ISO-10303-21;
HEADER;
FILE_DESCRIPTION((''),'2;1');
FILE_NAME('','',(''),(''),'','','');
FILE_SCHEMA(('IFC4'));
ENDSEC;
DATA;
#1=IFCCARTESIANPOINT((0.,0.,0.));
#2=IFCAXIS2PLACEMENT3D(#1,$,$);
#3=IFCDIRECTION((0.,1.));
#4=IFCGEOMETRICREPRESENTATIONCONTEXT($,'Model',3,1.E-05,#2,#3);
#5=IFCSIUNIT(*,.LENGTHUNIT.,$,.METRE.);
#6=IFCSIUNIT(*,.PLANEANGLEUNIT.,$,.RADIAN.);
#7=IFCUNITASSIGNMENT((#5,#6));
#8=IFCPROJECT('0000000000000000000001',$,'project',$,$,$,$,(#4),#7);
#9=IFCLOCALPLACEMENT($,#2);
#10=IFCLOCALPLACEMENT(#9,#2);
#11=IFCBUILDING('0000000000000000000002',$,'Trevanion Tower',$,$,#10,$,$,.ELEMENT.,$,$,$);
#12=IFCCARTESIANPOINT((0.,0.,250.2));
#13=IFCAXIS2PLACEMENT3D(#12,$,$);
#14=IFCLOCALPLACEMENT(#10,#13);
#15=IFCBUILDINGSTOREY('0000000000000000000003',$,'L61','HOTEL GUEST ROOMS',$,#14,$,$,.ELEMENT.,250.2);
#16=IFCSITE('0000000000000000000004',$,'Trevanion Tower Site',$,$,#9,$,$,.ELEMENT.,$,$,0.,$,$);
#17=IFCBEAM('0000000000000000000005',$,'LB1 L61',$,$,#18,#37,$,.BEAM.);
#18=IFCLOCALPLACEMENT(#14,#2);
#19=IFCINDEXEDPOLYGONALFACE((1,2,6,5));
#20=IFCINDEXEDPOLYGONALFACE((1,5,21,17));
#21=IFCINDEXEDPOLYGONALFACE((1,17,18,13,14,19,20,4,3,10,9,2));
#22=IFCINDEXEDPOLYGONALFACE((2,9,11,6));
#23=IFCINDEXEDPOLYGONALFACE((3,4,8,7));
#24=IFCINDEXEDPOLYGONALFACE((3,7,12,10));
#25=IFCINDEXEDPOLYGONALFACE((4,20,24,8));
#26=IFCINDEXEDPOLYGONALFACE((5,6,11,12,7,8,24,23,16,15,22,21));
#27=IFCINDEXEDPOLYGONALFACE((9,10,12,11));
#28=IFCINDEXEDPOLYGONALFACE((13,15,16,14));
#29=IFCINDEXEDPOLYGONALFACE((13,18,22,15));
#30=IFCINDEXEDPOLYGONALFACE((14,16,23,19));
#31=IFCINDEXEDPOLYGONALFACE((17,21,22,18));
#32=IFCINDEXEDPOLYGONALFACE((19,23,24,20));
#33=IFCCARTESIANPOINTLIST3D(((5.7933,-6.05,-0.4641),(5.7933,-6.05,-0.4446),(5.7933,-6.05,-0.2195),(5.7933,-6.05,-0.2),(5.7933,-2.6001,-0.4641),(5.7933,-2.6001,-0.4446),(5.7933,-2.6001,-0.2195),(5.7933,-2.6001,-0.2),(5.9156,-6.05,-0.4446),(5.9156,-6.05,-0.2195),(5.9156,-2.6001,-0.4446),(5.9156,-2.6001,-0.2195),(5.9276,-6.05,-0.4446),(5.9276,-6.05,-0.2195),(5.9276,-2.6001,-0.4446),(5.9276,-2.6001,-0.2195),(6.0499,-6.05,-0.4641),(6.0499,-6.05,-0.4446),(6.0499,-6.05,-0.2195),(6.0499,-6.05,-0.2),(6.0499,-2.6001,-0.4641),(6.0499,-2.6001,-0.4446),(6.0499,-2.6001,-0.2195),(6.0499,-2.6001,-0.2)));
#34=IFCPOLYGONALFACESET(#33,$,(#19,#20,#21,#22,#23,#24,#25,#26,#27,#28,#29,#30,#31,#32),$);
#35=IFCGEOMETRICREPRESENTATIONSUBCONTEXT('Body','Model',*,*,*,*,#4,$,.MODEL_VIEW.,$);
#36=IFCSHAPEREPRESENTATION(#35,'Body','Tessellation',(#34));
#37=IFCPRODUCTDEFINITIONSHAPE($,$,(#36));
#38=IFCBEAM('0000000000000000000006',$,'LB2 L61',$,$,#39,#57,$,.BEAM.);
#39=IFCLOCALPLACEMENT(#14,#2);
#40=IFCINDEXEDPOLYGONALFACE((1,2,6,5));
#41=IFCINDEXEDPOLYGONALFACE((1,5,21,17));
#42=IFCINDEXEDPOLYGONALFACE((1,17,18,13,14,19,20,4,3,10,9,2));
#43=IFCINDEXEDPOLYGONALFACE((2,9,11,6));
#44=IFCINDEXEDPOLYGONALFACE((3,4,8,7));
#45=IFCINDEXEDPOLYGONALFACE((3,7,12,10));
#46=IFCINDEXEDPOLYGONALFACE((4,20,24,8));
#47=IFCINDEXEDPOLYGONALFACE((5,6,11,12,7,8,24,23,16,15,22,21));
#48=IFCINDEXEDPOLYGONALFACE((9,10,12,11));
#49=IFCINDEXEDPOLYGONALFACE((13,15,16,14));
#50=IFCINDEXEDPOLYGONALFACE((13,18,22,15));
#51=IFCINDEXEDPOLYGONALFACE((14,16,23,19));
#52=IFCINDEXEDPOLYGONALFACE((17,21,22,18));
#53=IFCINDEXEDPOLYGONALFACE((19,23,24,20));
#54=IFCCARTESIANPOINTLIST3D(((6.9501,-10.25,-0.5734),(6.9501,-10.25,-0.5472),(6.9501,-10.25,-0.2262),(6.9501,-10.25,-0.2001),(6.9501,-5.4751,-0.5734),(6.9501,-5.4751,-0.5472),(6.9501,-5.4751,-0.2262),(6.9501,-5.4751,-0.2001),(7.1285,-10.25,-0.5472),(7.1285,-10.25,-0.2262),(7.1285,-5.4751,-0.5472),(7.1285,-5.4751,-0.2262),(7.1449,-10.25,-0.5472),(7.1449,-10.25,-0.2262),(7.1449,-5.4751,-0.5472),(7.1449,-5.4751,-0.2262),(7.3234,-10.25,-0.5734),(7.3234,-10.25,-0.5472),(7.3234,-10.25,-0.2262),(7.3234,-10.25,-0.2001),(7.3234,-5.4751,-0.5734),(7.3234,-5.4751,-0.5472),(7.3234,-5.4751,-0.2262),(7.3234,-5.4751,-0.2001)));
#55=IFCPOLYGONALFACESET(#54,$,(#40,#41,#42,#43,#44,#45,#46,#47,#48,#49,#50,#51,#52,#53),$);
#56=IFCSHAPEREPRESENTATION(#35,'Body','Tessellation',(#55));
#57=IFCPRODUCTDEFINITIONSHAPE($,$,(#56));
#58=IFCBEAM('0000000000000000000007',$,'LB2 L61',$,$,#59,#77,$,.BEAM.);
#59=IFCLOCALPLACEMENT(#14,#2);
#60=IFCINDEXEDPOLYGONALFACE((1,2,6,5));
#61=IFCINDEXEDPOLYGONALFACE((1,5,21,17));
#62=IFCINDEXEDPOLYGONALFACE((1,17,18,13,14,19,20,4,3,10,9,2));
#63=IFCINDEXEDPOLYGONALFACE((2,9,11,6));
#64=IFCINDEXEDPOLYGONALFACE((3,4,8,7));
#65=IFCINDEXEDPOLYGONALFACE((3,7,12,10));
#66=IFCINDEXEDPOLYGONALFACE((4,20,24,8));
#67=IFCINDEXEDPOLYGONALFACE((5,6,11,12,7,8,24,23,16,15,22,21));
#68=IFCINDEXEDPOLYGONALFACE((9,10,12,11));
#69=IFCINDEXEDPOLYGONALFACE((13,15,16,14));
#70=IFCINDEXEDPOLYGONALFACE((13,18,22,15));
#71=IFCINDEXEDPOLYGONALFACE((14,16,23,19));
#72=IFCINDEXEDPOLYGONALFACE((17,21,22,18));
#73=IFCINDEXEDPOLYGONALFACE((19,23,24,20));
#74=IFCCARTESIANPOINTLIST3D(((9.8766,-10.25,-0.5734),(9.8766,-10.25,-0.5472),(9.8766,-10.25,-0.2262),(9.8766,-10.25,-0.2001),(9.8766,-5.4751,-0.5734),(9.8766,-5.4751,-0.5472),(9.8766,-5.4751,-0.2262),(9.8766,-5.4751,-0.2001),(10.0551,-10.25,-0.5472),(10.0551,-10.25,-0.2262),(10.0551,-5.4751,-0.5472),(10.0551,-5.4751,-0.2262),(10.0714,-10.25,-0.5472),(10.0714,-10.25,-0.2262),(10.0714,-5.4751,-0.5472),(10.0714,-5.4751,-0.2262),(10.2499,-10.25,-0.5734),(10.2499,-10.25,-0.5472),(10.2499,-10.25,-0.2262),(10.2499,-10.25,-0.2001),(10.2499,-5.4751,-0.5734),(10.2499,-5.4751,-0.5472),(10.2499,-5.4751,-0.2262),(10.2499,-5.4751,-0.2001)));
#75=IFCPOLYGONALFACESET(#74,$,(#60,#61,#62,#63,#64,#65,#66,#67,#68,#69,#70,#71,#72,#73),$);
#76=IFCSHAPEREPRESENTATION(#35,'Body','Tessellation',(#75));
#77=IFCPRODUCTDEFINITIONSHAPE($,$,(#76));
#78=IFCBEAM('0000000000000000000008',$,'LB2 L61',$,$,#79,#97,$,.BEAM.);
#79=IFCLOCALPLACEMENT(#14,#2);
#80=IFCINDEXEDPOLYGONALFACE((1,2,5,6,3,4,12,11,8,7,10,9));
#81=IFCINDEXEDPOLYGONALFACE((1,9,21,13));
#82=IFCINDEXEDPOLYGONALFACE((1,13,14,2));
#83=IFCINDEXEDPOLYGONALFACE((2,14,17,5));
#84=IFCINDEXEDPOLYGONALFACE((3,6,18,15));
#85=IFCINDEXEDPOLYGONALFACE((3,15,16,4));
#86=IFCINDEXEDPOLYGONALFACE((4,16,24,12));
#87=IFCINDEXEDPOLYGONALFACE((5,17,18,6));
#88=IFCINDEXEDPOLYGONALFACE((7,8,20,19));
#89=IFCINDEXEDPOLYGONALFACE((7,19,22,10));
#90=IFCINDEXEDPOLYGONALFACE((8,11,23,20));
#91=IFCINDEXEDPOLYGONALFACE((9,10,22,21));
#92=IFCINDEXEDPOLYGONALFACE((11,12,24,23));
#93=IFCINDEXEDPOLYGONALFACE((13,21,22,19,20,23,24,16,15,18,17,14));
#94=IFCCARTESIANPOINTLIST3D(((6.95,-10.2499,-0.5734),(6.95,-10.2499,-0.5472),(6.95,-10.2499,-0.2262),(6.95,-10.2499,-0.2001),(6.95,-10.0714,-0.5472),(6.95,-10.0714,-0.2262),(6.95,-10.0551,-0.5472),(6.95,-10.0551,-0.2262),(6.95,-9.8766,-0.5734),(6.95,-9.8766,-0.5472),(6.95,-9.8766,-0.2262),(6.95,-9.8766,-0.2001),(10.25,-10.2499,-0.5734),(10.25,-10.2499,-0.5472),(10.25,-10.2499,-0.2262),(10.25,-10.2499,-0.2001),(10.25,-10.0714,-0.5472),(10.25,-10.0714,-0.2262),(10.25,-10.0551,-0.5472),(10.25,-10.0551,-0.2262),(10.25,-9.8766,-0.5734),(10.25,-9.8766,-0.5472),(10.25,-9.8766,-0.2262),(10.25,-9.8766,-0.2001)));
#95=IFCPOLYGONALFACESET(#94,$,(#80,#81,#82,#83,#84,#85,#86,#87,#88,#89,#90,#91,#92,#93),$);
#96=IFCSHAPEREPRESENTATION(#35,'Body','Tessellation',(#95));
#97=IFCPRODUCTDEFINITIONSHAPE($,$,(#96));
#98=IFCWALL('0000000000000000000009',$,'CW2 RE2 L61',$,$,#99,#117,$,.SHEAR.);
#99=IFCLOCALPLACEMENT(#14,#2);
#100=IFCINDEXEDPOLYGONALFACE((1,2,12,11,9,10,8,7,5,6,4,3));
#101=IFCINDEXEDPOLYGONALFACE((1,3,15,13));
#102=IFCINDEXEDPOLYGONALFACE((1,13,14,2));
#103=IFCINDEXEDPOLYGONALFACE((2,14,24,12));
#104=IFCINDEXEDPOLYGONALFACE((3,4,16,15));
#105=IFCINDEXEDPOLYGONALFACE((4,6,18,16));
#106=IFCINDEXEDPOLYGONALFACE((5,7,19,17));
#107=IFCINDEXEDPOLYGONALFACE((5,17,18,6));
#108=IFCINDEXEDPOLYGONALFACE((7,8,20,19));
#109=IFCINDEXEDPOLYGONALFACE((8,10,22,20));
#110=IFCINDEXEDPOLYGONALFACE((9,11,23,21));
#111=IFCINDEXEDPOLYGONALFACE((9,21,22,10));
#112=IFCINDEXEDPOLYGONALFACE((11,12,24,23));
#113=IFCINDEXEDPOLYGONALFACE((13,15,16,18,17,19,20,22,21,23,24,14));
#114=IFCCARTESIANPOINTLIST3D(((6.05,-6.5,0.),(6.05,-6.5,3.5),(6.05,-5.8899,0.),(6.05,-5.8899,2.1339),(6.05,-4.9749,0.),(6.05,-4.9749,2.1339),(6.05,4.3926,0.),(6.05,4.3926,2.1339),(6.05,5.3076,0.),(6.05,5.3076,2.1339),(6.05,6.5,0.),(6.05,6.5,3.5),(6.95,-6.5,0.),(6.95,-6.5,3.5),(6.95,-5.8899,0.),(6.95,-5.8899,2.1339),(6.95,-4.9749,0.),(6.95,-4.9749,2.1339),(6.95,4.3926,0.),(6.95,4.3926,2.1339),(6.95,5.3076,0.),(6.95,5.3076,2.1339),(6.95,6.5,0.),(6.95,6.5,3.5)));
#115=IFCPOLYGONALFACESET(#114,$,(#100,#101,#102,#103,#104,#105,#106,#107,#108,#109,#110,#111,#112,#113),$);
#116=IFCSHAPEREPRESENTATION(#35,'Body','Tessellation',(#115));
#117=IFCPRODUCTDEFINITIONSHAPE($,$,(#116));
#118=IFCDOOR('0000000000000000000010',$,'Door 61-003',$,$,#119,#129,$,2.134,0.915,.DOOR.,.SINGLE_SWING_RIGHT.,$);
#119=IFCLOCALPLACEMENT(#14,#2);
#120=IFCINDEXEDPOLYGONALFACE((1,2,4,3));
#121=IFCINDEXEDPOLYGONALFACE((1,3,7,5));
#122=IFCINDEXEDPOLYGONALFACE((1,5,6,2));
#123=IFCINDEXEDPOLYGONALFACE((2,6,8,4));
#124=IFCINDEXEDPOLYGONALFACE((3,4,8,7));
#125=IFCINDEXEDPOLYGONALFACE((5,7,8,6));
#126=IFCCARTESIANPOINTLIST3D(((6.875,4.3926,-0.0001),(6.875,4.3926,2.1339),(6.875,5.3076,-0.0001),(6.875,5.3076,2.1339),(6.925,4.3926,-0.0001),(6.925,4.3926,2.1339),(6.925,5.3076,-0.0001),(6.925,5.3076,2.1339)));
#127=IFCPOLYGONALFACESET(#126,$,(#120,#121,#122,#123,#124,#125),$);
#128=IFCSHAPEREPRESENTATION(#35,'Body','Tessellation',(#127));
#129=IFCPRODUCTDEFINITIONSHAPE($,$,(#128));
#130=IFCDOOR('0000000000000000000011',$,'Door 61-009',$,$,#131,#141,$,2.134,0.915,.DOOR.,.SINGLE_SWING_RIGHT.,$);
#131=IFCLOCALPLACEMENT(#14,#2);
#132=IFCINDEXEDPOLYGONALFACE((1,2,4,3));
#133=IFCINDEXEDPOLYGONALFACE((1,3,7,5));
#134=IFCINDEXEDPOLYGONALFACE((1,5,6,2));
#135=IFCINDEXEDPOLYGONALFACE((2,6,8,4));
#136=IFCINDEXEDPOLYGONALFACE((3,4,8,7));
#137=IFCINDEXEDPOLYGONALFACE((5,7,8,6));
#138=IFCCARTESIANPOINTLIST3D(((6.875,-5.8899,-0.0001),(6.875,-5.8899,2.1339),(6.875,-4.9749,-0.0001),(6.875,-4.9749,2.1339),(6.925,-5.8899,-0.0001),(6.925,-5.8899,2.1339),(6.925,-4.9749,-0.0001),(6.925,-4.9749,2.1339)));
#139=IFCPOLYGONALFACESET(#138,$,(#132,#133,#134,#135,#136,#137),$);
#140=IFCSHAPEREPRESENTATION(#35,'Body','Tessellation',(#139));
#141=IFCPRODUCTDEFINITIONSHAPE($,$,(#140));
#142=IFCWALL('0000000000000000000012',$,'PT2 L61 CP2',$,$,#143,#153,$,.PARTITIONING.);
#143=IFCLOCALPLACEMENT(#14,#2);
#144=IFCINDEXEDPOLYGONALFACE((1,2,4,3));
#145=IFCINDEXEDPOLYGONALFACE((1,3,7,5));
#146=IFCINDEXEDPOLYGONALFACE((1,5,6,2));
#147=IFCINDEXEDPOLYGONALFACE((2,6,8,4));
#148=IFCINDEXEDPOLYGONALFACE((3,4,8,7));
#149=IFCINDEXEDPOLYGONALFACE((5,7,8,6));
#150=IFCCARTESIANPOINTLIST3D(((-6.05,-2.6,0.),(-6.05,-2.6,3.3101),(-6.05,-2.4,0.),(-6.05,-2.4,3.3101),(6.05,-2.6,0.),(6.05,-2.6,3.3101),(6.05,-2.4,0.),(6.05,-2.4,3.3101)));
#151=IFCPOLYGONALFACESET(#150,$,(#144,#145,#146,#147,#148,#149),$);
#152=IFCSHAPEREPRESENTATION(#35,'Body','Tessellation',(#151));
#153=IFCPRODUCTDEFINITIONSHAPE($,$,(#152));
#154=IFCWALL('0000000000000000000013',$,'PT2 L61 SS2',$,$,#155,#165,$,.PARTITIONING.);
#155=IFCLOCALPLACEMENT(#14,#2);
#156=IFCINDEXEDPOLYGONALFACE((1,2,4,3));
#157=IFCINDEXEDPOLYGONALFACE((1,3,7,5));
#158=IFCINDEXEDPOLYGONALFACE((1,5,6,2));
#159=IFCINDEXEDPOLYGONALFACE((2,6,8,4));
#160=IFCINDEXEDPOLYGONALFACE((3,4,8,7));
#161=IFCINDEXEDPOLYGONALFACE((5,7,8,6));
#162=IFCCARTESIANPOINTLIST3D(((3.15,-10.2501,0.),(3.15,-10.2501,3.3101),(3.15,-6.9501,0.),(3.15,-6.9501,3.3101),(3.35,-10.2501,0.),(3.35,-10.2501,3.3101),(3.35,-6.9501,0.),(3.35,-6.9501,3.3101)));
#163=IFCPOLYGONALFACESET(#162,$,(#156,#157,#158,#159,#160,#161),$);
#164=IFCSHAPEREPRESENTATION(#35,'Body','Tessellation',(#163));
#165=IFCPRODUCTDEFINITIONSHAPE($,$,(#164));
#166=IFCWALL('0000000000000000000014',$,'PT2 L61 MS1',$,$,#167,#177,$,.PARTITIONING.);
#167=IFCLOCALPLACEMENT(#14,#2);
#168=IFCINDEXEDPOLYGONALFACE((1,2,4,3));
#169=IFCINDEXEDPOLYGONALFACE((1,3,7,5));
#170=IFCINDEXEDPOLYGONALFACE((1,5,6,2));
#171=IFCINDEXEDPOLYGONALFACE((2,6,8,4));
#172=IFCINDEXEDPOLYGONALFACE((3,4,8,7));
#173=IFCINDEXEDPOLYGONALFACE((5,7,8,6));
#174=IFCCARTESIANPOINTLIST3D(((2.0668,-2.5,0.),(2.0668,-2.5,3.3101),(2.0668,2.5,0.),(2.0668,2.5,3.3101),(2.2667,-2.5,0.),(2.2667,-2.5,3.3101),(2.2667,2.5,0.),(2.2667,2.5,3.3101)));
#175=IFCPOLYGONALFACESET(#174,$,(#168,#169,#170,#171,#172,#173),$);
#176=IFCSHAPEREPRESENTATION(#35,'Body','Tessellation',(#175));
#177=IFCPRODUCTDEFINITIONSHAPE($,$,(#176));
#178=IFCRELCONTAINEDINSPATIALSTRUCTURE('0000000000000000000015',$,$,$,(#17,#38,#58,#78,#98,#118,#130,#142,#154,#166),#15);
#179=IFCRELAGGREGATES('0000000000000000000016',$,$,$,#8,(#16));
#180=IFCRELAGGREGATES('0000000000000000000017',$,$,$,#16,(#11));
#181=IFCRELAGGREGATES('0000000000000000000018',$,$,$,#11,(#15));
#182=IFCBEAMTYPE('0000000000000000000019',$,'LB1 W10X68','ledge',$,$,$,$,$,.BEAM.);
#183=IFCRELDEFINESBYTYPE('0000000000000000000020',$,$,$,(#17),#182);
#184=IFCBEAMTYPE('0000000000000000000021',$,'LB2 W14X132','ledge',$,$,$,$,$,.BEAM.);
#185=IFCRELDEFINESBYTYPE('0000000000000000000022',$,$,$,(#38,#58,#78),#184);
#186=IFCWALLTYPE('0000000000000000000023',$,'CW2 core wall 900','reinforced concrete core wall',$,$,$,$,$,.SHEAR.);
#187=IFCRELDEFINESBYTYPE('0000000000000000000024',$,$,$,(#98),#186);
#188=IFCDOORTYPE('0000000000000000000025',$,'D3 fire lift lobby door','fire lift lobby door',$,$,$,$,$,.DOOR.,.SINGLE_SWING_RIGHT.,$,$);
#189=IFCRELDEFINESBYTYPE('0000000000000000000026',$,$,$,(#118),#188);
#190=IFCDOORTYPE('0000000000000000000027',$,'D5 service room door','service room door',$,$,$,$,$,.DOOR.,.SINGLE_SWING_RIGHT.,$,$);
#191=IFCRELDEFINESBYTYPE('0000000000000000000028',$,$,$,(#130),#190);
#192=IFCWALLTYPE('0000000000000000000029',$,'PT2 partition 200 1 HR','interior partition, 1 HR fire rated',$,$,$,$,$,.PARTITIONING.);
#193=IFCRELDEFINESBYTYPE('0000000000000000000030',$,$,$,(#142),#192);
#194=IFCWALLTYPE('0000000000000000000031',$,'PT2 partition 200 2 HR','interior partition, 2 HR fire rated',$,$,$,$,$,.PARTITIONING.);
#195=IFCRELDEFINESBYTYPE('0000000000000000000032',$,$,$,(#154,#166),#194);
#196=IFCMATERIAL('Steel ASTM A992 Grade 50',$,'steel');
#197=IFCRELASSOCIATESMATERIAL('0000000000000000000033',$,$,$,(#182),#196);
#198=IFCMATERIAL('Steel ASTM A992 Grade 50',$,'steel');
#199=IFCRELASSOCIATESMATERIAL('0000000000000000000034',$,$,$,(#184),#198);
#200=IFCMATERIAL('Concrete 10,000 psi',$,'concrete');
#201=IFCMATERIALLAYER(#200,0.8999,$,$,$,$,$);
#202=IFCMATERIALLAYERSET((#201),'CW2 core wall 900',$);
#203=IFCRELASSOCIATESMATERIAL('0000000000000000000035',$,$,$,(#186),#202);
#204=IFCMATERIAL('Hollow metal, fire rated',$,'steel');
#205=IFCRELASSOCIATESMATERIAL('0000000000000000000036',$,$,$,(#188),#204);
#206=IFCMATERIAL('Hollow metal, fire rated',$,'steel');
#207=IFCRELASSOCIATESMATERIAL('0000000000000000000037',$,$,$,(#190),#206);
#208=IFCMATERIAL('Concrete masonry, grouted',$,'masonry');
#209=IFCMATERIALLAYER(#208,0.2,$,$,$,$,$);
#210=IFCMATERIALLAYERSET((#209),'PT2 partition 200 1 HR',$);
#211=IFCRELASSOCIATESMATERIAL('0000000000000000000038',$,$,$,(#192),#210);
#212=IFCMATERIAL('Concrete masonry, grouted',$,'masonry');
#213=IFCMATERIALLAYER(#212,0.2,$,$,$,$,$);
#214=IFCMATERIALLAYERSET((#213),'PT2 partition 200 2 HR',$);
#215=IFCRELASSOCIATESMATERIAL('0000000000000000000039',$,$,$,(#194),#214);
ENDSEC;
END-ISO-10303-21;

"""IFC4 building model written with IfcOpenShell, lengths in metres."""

from ifc_helpers import new_model, si_unit, direction, frame, frame_2d, origin, origin_2d, place, context, subcontext, project, spatial, rectangle, i_section, extrude, material, layer, layer_set, material_profile, profile_set, type_object, element, fill, save


model = new_model("IFC4")

# Units and contexts
model_context = context("Model", 3, precision=1e-05, world=origin(), true_north=direction((0.0, 1.0)))
body_context = subcontext(model_context, "Body", "Model", "MODEL_VIEW")
ifc_project = project(units=[si_unit("LENGTHUNIT", "METRE"), si_unit("PLANEANGLEUNIT", "RADIAN")], contexts=[model_context])

# Site, building, storey
site_placement = place(None, origin())
site = spatial("IfcSite", under=ifc_project, at=site_placement, Name="Trevanion Tower Site", CompositionType="ELEMENT", RefElevation=0.0)
building_placement = place(site_placement, origin())
building = spatial("IfcBuilding", under=site, at=building_placement, Name="Trevanion Tower", CompositionType="ELEMENT")
storey_placement = place(building_placement, frame((0.0, 0.0, 250.2)))
storey = spatial("IfcBuildingStorey", under=building, at=storey_placement, Name="L61", Description="HOTEL GUEST ROOMS", CompositionType="ELEMENT", Elevation=250.2)

# Beams
ifc_material_1 = material(Name="Steel ASTM A992 Grade 50", Category="steel")
ifc_material_profile_1 = material_profile(ifc_material_1, i_section(OverallWidth=0.2566, OverallDepth=0.2642, WebThickness=0.012, FlangeThickness=0.0195, at=origin_2d()), Name="W10X68")
ifc_profile_set_1 = profile_set([ifc_material_profile_1], Name="Steel ASTM A992 Grade 50")
beam_type_1 = type_object("IfcBeamType", Name="LB1 W10X68", Description="ledge", PredefinedType="BEAM", material=ifc_profile_set_1)
beam_1_placement = place(storey_placement, frame((5.9216, -6.05, -0.332), z_axis=(0.0, 1.0, 0.0), x_axis=(-1.0, 0.0, 0.0)))
element("IfcBeam", 1, at=beam_1_placement, inside=storey, type_object=beam_type_1, Name="LB1 L61", PredefinedType="BEAM", context=body_context, shape_type="SweptSolid", body=[
    extrude(i_section(OverallWidth=0.2566, OverallDepth=0.2642, WebThickness=0.012, FlangeThickness=0.0195, at=origin_2d()), origin(), (0.0, 0.0, 1.0), 3.45),
])
ifc_material_2 = material(Name="Steel ASTM A992 Grade 50", Category="steel")
ifc_material_profile_2 = material_profile(ifc_material_2, i_section(OverallWidth=0.3733, OverallDepth=0.3733, WebThickness=0.0164, FlangeThickness=0.0261, at=origin_2d()), Name="W14X132")
ifc_profile_set_2 = profile_set([ifc_material_profile_2], Name="Steel ASTM A992 Grade 50")
beam_type_2 = type_object("IfcBeamType", Name="LB2 W14X132", Description="ledge", PredefinedType="BEAM", material=ifc_profile_set_2)
for number, where, z_axis, x_axis, name in (
    (2, (7.1367, -10.25, -0.3867), (0.0, 1.0, 0.0), (-1.0, 0.0, 0.0), "LB2 L61"),
    (3, (10.0632, -10.25, -0.3867), (0.0, 1.0, 0.0), (-1.0, 0.0, 0.0), "LB2 L61"),
):
    element("IfcBeam", number, at=place(storey_placement, frame(where, z_axis=z_axis, x_axis=x_axis)), inside=storey, type_object=beam_type_2, Name=name, PredefinedType="BEAM", context=body_context, shape_type="SweptSolid", body=[
        extrude(i_section(OverallWidth=0.3733, OverallDepth=0.3733, WebThickness=0.0164, FlangeThickness=0.0261, at=origin_2d()), origin(), (0.0, 0.0, 1.0), 4.7749),
    ])
beam_2_placement = place(storey_placement, frame((6.95, -10.0632, -0.3867), z_axis=(1.0, 0.0, 0.0), x_axis=(0.0, 1.0, 0.0)))
element("IfcBeam", 4, at=beam_2_placement, inside=storey, type_object=beam_type_2, Name="LB2 L61", PredefinedType="BEAM", context=body_context, shape_type="SweptSolid", body=[
    extrude(i_section(OverallWidth=0.3733, OverallDepth=0.3733, WebThickness=0.0164, FlangeThickness=0.0261, at=origin_2d()), origin(), (0.0, 0.0, 1.0), 3.3),
])

# Wall, openings, doors
ifc_material_3 = material(Name="Concrete 10,000 psi", Category="concrete")
ifc_layer_1 = layer(ifc_material_3, 0.8999)
ifc_layer_set_1 = layer_set([ifc_layer_1], Name="CW2 core wall 900")
wall_type_1 = type_object("IfcWallType", Name="CW2 core wall 900", Description="reinforced concrete core wall", PredefinedType="SHEAR", material=ifc_layer_set_1)
wall_1_placement = place(storey_placement, frame((6.5, -6.5, 0.0), z_axis=(0.0, 0.0, 1.0), x_axis=(0.0, 1.0, 0.0)))
wall_1 = element("IfcWall", 5, at=wall_1_placement, inside=storey, type_object=wall_type_1, Name="CW2 RE2 L61", PredefinedType="SHEAR", context=body_context, shape_type="SweptSolid", body=[
    extrude(rectangle(XDim=13.0, YDim=0.8999, at=frame_2d((6.5, 0.0))), origin(), (0.0, 0.0, 1.0), 3.5),
])
opening_1_placement = place(wall_1_placement, frame((10.8926, 0.0, 0.0)))
opening_1 = element("IfcOpeningElement", 6, at=opening_1_placement, cuts=wall_1, PredefinedType="OPENING", context=body_context, shape_type="SweptSolid", body=[
    extrude(rectangle(XDim=0.915, YDim=2.134, at=frame_2d((0.4575, 1.0669))), frame((0.0, 0.46, 0.0), z_axis=(0.0, -1.0, 0.0), x_axis=(1.0, 0.0, 0.0)), (0.0, 0.0, 1.0), 0.9199),
])
opening_2_placement = place(wall_1_placement, frame((0.6101, 0.0, 0.0)))
opening_2 = element("IfcOpeningElement", 7, at=opening_2_placement, cuts=wall_1, PredefinedType="OPENING", context=body_context, shape_type="SweptSolid", body=[
    extrude(rectangle(XDim=0.915, YDim=2.134, at=frame_2d((0.4575, 1.0669))), frame((0.0, 0.46, 0.0), z_axis=(0.0, -1.0, 0.0), x_axis=(1.0, 0.0, 0.0)), (0.0, 0.0, 1.0), 0.9199),
])
ifc_material_4 = material(Name="Hollow metal, fire rated", Category="steel")
door_type_1 = type_object("IfcDoorType", Name="D3 fire lift lobby door", Description="fire lift lobby door", OperationType="SINGLE_SWING_RIGHT", PredefinedType="DOOR", material=ifc_material_4)
door_1_placement = place(opening_1_placement, origin())
door_1 = element("IfcDoor", 8, at=door_1_placement, inside=storey, type_object=door_type_1, Name="Door 61-003", OperationType="SINGLE_SWING_RIGHT", OverallHeight=2.134, OverallWidth=0.915, PredefinedType="DOOR", context=body_context, shape_type="SweptSolid", body=[
    extrude(rectangle(XDim=0.915, YDim=2.134, at=frame_2d((0.4575, 1.0669))), frame((0.0, -0.375, 0.0), z_axis=(0.0, -1.0, 0.0), x_axis=(1.0, 0.0, 0.0)), (0.0, 0.0, 1.0), 0.05),
])
fill(opening_1, door_1)
ifc_material_5 = material(Name="Hollow metal, fire rated", Category="steel")
door_type_2 = type_object("IfcDoorType", Name="D5 service room door", Description="service room door", OperationType="SINGLE_SWING_RIGHT", PredefinedType="DOOR", material=ifc_material_5)
door_2_placement = place(opening_2_placement, origin())
door_2 = element("IfcDoor", 9, at=door_2_placement, inside=storey, type_object=door_type_2, Name="Door 61-009", OperationType="SINGLE_SWING_RIGHT", OverallHeight=2.134, OverallWidth=0.915, PredefinedType="DOOR", context=body_context, shape_type="SweptSolid", body=[
    extrude(rectangle(XDim=0.915, YDim=2.134, at=frame_2d((0.4575, 1.0669))), frame((0.0, -0.375, 0.0), z_axis=(0.0, -1.0, 0.0), x_axis=(1.0, 0.0, 0.0)), (0.0, 0.0, 1.0), 0.05),
])
fill(opening_2, door_2)

# Walls
ifc_material_6 = material(Name="Concrete masonry, grouted", Category="masonry")
ifc_layer_2 = layer(ifc_material_6, 0.2)
ifc_layer_set_2 = layer_set([ifc_layer_2], Name="PT2 partition 200 1 HR")
wall_type_2 = type_object("IfcWallType", Name="PT2 partition 200 1 HR", Description="interior partition, 1 HR fire rated", PredefinedType="PARTITIONING", material=ifc_layer_set_2)
wall_2_placement = place(storey_placement, frame((6.05, -2.5, 0.0), z_axis=(0.0, 0.0, 1.0), x_axis=(-1.0, 0.0, 0.0)))
element("IfcWall", 10, at=wall_2_placement, inside=storey, type_object=wall_type_2, Name="PT2 L61 CP2", PredefinedType="PARTITIONING", context=body_context, shape_type="SweptSolid", body=[
    extrude(rectangle(XDim=12.1001, YDim=0.2, at=frame_2d((6.05, 0.0))), origin(), (0.0, 0.0, 1.0), 3.3101),
])
ifc_material_7 = material(Name="Concrete masonry, grouted", Category="masonry")
ifc_layer_3 = layer(ifc_material_7, 0.2)
ifc_layer_set_3 = layer_set([ifc_layer_3], Name="PT2 partition 200 2 HR")
wall_type_3 = type_object("IfcWallType", Name="PT2 partition 200 2 HR", Description="interior partition, 2 HR fire rated", PredefinedType="PARTITIONING", material=ifc_layer_set_3)
wall_3_placement = place(storey_placement, frame((3.25, -10.25, 0.0), z_axis=(0.0, 0.0, 1.0), x_axis=(0.0, 1.0, 0.0)))
element("IfcWall", 11, at=wall_3_placement, inside=storey, type_object=wall_type_3, Name="PT2 L61 SS2", PredefinedType="PARTITIONING", context=body_context, shape_type="SweptSolid", body=[
    extrude(rectangle(XDim=3.3, YDim=0.2, at=frame_2d((1.6499, 0.0))), origin(), (0.0, 0.0, 1.0), 3.3101),
])
wall_4_placement = place(storey_placement, frame((2.1667, -2.5, 0.0), z_axis=(0.0, 0.0, 1.0), x_axis=(0.0, 1.0, 0.0)))
element("IfcWall", 12, at=wall_4_placement, inside=storey, type_object=wall_type_3, Name="PT2 L61 MS1", PredefinedType="PARTITIONING", context=body_context, shape_type="SweptSolid", body=[
    extrude(rectangle(XDim=5.0, YDim=0.2, at=frame_2d((2.5, 0.0))), origin(), (0.0, 0.0, 1.0), 3.3101),
])

save(model, "model.ifc")
